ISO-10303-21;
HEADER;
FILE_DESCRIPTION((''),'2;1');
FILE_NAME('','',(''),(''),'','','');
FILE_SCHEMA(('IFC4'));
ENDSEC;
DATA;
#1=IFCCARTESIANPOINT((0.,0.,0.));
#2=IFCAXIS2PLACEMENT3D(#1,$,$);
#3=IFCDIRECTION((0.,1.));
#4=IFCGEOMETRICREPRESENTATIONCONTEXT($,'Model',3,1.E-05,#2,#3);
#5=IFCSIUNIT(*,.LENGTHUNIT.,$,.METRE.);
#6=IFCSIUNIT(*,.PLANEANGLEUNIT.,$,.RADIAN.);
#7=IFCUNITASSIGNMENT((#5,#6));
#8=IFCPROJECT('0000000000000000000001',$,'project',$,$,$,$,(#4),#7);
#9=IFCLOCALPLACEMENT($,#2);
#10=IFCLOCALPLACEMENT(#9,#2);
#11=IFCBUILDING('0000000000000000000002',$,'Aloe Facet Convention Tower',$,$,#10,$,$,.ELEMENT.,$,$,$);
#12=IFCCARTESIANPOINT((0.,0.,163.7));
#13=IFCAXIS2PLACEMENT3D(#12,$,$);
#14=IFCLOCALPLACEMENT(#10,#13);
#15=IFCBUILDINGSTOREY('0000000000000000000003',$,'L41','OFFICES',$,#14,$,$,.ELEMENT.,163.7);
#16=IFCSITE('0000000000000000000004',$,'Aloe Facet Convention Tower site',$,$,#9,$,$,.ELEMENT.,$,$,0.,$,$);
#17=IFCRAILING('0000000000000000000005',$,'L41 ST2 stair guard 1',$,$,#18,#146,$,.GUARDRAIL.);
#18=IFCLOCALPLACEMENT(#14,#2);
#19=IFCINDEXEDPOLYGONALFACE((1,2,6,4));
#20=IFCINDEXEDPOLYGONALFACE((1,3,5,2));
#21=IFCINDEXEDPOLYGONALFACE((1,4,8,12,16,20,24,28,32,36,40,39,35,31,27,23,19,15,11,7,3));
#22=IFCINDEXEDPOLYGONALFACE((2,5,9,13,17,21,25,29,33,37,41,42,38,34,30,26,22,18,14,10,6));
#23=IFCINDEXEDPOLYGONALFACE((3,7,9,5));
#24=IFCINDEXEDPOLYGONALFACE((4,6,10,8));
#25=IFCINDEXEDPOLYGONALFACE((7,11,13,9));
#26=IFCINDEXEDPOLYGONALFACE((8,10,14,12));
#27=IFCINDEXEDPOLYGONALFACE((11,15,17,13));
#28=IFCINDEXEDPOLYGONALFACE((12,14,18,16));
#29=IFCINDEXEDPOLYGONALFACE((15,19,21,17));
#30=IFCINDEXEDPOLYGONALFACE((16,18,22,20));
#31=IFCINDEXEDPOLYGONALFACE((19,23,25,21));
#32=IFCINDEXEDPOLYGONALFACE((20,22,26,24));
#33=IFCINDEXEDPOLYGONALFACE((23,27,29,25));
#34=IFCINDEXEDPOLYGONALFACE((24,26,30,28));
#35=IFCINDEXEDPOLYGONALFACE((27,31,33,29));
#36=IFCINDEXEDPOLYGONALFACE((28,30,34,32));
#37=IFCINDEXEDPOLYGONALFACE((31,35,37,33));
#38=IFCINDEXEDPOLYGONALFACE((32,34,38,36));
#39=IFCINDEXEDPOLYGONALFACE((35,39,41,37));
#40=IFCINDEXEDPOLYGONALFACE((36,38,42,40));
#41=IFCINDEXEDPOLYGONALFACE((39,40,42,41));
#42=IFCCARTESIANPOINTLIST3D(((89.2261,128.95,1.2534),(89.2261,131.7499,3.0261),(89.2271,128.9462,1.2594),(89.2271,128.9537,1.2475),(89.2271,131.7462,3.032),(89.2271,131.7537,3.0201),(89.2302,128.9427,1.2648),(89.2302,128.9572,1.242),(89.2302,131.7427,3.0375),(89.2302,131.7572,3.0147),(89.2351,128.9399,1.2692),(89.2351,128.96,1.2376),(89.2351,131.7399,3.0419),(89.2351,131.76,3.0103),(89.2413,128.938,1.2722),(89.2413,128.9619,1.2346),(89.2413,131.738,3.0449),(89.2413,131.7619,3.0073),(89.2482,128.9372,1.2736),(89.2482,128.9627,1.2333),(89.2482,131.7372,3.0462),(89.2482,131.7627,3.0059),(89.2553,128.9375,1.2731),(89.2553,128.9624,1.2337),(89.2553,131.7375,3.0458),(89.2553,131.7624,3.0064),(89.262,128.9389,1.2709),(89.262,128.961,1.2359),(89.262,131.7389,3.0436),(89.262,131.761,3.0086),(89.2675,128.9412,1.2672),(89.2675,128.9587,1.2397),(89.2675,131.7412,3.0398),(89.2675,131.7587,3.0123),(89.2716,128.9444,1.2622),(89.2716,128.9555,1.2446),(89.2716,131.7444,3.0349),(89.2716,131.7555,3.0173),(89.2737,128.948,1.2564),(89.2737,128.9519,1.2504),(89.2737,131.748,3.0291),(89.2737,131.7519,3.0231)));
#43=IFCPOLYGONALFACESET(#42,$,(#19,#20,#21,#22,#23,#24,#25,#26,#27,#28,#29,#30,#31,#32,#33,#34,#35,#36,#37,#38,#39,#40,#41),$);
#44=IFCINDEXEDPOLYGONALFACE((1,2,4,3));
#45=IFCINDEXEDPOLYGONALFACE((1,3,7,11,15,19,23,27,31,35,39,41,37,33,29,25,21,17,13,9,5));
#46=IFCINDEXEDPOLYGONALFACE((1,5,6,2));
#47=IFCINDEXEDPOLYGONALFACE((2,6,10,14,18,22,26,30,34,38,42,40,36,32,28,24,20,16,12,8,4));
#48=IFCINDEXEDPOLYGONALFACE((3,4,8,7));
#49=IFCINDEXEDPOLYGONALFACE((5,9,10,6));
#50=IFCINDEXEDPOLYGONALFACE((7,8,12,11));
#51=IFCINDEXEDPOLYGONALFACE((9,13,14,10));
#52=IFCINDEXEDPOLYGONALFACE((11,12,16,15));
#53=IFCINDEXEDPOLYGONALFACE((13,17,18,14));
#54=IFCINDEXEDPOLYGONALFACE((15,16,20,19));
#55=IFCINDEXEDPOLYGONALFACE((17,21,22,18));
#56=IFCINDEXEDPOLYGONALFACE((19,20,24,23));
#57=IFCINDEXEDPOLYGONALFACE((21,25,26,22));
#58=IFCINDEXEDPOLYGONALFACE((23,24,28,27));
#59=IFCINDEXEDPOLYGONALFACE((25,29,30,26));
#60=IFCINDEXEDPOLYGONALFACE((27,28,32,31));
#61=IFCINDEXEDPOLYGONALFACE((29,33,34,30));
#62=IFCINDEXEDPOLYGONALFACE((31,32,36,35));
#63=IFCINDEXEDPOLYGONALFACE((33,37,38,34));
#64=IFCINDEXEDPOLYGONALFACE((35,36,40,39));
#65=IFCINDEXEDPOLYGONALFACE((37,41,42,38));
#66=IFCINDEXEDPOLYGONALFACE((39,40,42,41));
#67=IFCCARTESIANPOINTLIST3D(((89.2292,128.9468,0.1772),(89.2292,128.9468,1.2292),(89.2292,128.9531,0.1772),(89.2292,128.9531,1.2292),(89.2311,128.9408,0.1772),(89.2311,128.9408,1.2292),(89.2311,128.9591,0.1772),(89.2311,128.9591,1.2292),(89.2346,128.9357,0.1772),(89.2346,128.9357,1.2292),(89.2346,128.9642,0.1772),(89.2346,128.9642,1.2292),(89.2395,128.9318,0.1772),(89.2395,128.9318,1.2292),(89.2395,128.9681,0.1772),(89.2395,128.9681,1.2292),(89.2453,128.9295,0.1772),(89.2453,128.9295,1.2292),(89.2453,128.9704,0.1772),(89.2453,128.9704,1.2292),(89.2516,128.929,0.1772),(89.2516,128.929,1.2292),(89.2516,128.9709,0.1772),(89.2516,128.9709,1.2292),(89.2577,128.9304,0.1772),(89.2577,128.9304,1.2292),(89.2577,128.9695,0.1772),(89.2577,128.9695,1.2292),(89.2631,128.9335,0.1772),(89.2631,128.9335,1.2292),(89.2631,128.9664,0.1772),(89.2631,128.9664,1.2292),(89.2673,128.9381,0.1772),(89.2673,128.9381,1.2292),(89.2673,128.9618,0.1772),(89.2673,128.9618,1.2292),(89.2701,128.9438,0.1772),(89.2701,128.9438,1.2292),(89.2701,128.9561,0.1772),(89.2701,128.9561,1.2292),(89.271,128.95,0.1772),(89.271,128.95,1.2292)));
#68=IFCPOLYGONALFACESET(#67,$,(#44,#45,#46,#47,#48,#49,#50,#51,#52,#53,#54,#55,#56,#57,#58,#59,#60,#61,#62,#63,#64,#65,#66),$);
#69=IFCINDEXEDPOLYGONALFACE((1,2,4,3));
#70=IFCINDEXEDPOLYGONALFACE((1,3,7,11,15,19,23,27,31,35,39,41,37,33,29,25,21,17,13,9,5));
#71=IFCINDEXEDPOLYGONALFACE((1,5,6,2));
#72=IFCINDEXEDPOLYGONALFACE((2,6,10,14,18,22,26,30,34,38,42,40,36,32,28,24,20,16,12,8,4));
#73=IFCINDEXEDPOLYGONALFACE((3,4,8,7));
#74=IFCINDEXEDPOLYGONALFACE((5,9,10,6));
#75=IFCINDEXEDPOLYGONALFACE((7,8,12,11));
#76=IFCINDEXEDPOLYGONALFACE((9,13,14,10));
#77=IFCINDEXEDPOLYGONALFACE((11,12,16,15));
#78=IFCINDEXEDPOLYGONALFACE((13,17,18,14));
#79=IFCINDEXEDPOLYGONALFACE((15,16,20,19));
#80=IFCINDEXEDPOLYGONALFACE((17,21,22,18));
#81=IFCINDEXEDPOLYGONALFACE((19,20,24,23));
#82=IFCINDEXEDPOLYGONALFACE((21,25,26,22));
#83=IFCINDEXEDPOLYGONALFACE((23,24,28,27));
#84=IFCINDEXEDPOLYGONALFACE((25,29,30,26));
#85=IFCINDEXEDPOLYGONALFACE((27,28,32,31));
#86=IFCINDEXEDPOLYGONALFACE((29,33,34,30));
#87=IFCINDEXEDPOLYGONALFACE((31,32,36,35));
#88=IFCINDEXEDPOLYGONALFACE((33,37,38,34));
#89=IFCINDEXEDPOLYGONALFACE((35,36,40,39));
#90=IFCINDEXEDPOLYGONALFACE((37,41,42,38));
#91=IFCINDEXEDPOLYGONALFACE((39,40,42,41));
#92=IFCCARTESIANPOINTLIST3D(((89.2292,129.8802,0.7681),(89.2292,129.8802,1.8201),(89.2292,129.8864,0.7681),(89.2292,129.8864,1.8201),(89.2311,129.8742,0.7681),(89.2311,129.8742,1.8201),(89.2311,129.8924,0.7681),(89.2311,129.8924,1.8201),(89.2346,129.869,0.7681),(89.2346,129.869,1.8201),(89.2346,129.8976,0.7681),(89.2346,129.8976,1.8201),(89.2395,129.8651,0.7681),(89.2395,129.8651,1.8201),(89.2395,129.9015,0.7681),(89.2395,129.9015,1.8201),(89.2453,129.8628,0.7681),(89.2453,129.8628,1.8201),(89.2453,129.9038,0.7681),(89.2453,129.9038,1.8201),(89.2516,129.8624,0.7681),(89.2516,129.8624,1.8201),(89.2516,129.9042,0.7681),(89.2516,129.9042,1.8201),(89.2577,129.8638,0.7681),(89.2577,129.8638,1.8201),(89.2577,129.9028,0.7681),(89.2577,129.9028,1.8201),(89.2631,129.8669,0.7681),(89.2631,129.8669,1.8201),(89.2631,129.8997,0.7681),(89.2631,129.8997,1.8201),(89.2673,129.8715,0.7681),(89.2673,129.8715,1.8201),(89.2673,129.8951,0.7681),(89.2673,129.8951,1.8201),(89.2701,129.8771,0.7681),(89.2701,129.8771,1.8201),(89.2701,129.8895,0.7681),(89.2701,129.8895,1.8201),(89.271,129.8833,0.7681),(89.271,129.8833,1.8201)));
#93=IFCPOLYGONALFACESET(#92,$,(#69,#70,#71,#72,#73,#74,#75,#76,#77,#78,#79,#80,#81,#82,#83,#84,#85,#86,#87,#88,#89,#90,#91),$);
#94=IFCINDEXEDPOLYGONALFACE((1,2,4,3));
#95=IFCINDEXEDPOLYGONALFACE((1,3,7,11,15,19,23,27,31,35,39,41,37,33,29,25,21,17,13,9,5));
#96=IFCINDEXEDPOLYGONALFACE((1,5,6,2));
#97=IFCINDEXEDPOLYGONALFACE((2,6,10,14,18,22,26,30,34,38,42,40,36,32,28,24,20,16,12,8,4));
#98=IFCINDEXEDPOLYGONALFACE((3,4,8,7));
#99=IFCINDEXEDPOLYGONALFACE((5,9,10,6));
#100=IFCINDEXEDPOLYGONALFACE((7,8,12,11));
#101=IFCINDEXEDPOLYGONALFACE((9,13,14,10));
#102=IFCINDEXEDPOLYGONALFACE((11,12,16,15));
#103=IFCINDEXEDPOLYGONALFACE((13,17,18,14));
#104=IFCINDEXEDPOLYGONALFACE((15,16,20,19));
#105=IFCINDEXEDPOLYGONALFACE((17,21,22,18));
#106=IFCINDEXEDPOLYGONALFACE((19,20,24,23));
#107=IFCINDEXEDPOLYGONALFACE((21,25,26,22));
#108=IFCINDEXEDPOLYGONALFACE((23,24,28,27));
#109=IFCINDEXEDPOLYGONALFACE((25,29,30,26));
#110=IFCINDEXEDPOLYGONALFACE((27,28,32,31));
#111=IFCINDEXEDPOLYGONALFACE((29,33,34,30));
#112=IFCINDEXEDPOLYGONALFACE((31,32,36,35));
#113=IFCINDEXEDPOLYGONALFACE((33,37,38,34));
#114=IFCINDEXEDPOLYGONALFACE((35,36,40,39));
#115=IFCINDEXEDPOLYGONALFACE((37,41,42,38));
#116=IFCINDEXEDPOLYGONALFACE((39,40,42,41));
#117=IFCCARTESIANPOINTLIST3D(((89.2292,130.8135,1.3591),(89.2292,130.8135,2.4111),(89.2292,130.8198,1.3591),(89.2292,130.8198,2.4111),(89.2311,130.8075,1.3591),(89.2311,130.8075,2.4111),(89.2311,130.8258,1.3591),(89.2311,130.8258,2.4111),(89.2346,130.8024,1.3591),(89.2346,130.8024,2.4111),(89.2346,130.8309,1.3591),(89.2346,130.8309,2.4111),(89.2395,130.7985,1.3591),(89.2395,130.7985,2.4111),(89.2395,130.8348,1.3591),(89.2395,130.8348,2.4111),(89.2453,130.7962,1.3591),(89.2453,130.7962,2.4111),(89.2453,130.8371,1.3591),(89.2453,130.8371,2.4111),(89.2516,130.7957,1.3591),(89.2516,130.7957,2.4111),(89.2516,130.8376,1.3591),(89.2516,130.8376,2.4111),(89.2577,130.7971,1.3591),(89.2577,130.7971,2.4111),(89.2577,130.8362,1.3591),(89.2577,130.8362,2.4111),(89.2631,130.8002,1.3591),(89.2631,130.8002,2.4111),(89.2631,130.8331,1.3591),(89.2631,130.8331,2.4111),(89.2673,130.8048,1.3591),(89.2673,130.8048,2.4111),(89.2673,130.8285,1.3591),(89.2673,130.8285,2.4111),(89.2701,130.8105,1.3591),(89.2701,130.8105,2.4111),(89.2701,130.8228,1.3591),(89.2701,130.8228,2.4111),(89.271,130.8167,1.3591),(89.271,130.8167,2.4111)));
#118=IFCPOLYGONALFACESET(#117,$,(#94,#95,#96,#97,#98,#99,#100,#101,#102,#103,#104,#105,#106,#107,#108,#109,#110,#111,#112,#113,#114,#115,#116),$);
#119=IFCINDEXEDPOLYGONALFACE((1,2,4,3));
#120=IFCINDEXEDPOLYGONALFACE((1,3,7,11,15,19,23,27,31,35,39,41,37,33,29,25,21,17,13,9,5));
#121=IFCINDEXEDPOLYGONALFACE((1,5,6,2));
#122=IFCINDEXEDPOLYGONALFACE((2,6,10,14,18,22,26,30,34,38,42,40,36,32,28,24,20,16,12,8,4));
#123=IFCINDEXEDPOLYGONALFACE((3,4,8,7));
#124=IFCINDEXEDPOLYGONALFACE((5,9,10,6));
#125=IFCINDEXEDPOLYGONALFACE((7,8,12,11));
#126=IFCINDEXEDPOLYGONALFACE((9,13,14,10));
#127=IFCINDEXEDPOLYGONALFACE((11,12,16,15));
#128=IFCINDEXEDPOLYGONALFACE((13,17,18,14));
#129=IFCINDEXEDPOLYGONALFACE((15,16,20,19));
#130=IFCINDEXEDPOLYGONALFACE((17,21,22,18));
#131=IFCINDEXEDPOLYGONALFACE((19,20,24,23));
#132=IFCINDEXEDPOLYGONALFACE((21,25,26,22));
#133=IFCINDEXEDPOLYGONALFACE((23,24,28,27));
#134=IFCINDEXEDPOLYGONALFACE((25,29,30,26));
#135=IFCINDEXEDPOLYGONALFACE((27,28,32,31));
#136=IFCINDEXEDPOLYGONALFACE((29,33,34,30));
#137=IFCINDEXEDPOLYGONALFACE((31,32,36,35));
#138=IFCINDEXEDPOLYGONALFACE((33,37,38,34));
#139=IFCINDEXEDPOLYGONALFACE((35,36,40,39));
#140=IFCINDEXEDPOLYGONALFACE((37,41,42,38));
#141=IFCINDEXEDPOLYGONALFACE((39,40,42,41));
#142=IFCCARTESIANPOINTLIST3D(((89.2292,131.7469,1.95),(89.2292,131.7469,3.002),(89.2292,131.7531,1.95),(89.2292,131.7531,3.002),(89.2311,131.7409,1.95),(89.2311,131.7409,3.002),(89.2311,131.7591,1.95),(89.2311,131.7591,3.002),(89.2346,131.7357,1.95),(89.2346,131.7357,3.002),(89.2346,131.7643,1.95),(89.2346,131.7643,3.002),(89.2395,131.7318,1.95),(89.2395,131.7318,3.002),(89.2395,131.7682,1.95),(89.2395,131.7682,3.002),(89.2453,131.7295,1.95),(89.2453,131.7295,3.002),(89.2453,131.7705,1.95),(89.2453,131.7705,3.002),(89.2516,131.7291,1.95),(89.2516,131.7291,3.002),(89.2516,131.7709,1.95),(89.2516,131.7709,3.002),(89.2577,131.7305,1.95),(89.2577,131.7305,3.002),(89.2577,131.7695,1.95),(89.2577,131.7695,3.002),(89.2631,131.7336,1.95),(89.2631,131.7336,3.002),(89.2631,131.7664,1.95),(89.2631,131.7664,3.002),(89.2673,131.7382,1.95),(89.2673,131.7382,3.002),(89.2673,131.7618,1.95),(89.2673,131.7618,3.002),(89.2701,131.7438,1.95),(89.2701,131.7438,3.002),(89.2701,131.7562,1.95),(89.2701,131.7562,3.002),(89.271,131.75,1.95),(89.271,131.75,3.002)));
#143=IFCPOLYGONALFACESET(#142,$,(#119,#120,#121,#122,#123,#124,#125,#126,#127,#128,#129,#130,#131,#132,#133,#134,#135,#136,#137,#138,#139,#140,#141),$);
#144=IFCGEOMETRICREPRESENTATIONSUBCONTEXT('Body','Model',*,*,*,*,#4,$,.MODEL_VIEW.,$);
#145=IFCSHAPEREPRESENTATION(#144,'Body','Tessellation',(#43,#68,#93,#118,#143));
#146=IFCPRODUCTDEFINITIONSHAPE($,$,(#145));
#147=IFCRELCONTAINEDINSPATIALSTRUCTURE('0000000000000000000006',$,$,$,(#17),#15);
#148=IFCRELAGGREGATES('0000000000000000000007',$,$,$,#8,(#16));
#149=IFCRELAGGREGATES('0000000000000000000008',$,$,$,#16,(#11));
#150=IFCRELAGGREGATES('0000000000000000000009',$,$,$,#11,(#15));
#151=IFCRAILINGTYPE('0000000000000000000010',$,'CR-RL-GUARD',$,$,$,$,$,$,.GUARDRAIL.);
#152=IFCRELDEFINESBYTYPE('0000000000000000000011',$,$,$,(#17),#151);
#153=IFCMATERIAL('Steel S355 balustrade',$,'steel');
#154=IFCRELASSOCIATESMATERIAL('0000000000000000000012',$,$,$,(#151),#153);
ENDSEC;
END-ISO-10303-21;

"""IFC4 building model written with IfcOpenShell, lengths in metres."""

from ifc_helpers import new_model, si_unit, direction, frame, origin, origin_2d, place, context, subcontext, project, spatial, circle, extrude, material, type_object, element, save


model = new_model("IFC4")

# Units and contexts
model_context = context("Model", 3, precision=1e-05, world=origin(), true_north=direction((0.0, 1.0)))
body_context = subcontext(model_context, "Body", "Model", "MODEL_VIEW")
ifc_project = project(units=[si_unit("LENGTHUNIT", "METRE"), si_unit("PLANEANGLEUNIT", "RADIAN")], contexts=[model_context])

# Site, building, storey
site_placement = place(None, origin())
site = spatial("IfcSite", under=ifc_project, at=site_placement, Name="Aloe Facet Convention Tower site", CompositionType="ELEMENT", RefElevation=0.0)
building_placement = place(site_placement, origin())
building = spatial("IfcBuilding", under=site, at=building_placement, Name="Aloe Facet Convention Tower", CompositionType="ELEMENT")
storey_placement = place(building_placement, frame((0.0, 0.0, 163.7)))
storey = spatial("IfcBuildingStorey", under=building, at=storey_placement, Name="L41", Description="OFFICES", CompositionType="ELEMENT", Elevation=163.7)

# Railing
ifc_material_1 = material(Name="Steel S355 balustrade", Category="steel")
railing_type_1 = type_object("IfcRailingType", Name="CR-RL-GUARD", PredefinedType="GUARDRAIL", material=ifc_material_1)
railing_1_placement = place(storey_placement, frame((89.25, 128.95, 0.1772)))
element("IfcRailing", 1, at=railing_1_placement, inside=storey, type_object=railing_type_1, Name="L41 ST2 stair guard 1", PredefinedType="GUARDRAIL", context=body_context, shape_type="SweptSolid", body=[
    extrude(circle(Radius=0.0239, at=origin_2d()), frame((0.0, 0.0, 1.0762), z_axis=(0.0, 0.844909, 0.53491), x_axis=(-1.0, 0.0, 0.0)), (0.0, 0.0, 1.0), 3.314),
    extrude(circle(Radius=0.021, at=origin_2d()), origin(), (0.0, 0.0, 1.0), 1.052),
    extrude(circle(Radius=0.021, at=origin_2d()), frame((0.0, 0.9333, 0.5908)), (0.0, 0.0, 1.0), 1.052),
    extrude(circle(Radius=0.021, at=origin_2d()), frame((0.0, 1.8667, 1.1819)), (0.0, 0.0, 1.0), 1.052),
    extrude(circle(Radius=0.021, at=origin_2d()), frame((0.0, 2.8, 1.7727)), (0.0, 0.0, 1.0), 1.052),
])

save(model, "model.ifc")
